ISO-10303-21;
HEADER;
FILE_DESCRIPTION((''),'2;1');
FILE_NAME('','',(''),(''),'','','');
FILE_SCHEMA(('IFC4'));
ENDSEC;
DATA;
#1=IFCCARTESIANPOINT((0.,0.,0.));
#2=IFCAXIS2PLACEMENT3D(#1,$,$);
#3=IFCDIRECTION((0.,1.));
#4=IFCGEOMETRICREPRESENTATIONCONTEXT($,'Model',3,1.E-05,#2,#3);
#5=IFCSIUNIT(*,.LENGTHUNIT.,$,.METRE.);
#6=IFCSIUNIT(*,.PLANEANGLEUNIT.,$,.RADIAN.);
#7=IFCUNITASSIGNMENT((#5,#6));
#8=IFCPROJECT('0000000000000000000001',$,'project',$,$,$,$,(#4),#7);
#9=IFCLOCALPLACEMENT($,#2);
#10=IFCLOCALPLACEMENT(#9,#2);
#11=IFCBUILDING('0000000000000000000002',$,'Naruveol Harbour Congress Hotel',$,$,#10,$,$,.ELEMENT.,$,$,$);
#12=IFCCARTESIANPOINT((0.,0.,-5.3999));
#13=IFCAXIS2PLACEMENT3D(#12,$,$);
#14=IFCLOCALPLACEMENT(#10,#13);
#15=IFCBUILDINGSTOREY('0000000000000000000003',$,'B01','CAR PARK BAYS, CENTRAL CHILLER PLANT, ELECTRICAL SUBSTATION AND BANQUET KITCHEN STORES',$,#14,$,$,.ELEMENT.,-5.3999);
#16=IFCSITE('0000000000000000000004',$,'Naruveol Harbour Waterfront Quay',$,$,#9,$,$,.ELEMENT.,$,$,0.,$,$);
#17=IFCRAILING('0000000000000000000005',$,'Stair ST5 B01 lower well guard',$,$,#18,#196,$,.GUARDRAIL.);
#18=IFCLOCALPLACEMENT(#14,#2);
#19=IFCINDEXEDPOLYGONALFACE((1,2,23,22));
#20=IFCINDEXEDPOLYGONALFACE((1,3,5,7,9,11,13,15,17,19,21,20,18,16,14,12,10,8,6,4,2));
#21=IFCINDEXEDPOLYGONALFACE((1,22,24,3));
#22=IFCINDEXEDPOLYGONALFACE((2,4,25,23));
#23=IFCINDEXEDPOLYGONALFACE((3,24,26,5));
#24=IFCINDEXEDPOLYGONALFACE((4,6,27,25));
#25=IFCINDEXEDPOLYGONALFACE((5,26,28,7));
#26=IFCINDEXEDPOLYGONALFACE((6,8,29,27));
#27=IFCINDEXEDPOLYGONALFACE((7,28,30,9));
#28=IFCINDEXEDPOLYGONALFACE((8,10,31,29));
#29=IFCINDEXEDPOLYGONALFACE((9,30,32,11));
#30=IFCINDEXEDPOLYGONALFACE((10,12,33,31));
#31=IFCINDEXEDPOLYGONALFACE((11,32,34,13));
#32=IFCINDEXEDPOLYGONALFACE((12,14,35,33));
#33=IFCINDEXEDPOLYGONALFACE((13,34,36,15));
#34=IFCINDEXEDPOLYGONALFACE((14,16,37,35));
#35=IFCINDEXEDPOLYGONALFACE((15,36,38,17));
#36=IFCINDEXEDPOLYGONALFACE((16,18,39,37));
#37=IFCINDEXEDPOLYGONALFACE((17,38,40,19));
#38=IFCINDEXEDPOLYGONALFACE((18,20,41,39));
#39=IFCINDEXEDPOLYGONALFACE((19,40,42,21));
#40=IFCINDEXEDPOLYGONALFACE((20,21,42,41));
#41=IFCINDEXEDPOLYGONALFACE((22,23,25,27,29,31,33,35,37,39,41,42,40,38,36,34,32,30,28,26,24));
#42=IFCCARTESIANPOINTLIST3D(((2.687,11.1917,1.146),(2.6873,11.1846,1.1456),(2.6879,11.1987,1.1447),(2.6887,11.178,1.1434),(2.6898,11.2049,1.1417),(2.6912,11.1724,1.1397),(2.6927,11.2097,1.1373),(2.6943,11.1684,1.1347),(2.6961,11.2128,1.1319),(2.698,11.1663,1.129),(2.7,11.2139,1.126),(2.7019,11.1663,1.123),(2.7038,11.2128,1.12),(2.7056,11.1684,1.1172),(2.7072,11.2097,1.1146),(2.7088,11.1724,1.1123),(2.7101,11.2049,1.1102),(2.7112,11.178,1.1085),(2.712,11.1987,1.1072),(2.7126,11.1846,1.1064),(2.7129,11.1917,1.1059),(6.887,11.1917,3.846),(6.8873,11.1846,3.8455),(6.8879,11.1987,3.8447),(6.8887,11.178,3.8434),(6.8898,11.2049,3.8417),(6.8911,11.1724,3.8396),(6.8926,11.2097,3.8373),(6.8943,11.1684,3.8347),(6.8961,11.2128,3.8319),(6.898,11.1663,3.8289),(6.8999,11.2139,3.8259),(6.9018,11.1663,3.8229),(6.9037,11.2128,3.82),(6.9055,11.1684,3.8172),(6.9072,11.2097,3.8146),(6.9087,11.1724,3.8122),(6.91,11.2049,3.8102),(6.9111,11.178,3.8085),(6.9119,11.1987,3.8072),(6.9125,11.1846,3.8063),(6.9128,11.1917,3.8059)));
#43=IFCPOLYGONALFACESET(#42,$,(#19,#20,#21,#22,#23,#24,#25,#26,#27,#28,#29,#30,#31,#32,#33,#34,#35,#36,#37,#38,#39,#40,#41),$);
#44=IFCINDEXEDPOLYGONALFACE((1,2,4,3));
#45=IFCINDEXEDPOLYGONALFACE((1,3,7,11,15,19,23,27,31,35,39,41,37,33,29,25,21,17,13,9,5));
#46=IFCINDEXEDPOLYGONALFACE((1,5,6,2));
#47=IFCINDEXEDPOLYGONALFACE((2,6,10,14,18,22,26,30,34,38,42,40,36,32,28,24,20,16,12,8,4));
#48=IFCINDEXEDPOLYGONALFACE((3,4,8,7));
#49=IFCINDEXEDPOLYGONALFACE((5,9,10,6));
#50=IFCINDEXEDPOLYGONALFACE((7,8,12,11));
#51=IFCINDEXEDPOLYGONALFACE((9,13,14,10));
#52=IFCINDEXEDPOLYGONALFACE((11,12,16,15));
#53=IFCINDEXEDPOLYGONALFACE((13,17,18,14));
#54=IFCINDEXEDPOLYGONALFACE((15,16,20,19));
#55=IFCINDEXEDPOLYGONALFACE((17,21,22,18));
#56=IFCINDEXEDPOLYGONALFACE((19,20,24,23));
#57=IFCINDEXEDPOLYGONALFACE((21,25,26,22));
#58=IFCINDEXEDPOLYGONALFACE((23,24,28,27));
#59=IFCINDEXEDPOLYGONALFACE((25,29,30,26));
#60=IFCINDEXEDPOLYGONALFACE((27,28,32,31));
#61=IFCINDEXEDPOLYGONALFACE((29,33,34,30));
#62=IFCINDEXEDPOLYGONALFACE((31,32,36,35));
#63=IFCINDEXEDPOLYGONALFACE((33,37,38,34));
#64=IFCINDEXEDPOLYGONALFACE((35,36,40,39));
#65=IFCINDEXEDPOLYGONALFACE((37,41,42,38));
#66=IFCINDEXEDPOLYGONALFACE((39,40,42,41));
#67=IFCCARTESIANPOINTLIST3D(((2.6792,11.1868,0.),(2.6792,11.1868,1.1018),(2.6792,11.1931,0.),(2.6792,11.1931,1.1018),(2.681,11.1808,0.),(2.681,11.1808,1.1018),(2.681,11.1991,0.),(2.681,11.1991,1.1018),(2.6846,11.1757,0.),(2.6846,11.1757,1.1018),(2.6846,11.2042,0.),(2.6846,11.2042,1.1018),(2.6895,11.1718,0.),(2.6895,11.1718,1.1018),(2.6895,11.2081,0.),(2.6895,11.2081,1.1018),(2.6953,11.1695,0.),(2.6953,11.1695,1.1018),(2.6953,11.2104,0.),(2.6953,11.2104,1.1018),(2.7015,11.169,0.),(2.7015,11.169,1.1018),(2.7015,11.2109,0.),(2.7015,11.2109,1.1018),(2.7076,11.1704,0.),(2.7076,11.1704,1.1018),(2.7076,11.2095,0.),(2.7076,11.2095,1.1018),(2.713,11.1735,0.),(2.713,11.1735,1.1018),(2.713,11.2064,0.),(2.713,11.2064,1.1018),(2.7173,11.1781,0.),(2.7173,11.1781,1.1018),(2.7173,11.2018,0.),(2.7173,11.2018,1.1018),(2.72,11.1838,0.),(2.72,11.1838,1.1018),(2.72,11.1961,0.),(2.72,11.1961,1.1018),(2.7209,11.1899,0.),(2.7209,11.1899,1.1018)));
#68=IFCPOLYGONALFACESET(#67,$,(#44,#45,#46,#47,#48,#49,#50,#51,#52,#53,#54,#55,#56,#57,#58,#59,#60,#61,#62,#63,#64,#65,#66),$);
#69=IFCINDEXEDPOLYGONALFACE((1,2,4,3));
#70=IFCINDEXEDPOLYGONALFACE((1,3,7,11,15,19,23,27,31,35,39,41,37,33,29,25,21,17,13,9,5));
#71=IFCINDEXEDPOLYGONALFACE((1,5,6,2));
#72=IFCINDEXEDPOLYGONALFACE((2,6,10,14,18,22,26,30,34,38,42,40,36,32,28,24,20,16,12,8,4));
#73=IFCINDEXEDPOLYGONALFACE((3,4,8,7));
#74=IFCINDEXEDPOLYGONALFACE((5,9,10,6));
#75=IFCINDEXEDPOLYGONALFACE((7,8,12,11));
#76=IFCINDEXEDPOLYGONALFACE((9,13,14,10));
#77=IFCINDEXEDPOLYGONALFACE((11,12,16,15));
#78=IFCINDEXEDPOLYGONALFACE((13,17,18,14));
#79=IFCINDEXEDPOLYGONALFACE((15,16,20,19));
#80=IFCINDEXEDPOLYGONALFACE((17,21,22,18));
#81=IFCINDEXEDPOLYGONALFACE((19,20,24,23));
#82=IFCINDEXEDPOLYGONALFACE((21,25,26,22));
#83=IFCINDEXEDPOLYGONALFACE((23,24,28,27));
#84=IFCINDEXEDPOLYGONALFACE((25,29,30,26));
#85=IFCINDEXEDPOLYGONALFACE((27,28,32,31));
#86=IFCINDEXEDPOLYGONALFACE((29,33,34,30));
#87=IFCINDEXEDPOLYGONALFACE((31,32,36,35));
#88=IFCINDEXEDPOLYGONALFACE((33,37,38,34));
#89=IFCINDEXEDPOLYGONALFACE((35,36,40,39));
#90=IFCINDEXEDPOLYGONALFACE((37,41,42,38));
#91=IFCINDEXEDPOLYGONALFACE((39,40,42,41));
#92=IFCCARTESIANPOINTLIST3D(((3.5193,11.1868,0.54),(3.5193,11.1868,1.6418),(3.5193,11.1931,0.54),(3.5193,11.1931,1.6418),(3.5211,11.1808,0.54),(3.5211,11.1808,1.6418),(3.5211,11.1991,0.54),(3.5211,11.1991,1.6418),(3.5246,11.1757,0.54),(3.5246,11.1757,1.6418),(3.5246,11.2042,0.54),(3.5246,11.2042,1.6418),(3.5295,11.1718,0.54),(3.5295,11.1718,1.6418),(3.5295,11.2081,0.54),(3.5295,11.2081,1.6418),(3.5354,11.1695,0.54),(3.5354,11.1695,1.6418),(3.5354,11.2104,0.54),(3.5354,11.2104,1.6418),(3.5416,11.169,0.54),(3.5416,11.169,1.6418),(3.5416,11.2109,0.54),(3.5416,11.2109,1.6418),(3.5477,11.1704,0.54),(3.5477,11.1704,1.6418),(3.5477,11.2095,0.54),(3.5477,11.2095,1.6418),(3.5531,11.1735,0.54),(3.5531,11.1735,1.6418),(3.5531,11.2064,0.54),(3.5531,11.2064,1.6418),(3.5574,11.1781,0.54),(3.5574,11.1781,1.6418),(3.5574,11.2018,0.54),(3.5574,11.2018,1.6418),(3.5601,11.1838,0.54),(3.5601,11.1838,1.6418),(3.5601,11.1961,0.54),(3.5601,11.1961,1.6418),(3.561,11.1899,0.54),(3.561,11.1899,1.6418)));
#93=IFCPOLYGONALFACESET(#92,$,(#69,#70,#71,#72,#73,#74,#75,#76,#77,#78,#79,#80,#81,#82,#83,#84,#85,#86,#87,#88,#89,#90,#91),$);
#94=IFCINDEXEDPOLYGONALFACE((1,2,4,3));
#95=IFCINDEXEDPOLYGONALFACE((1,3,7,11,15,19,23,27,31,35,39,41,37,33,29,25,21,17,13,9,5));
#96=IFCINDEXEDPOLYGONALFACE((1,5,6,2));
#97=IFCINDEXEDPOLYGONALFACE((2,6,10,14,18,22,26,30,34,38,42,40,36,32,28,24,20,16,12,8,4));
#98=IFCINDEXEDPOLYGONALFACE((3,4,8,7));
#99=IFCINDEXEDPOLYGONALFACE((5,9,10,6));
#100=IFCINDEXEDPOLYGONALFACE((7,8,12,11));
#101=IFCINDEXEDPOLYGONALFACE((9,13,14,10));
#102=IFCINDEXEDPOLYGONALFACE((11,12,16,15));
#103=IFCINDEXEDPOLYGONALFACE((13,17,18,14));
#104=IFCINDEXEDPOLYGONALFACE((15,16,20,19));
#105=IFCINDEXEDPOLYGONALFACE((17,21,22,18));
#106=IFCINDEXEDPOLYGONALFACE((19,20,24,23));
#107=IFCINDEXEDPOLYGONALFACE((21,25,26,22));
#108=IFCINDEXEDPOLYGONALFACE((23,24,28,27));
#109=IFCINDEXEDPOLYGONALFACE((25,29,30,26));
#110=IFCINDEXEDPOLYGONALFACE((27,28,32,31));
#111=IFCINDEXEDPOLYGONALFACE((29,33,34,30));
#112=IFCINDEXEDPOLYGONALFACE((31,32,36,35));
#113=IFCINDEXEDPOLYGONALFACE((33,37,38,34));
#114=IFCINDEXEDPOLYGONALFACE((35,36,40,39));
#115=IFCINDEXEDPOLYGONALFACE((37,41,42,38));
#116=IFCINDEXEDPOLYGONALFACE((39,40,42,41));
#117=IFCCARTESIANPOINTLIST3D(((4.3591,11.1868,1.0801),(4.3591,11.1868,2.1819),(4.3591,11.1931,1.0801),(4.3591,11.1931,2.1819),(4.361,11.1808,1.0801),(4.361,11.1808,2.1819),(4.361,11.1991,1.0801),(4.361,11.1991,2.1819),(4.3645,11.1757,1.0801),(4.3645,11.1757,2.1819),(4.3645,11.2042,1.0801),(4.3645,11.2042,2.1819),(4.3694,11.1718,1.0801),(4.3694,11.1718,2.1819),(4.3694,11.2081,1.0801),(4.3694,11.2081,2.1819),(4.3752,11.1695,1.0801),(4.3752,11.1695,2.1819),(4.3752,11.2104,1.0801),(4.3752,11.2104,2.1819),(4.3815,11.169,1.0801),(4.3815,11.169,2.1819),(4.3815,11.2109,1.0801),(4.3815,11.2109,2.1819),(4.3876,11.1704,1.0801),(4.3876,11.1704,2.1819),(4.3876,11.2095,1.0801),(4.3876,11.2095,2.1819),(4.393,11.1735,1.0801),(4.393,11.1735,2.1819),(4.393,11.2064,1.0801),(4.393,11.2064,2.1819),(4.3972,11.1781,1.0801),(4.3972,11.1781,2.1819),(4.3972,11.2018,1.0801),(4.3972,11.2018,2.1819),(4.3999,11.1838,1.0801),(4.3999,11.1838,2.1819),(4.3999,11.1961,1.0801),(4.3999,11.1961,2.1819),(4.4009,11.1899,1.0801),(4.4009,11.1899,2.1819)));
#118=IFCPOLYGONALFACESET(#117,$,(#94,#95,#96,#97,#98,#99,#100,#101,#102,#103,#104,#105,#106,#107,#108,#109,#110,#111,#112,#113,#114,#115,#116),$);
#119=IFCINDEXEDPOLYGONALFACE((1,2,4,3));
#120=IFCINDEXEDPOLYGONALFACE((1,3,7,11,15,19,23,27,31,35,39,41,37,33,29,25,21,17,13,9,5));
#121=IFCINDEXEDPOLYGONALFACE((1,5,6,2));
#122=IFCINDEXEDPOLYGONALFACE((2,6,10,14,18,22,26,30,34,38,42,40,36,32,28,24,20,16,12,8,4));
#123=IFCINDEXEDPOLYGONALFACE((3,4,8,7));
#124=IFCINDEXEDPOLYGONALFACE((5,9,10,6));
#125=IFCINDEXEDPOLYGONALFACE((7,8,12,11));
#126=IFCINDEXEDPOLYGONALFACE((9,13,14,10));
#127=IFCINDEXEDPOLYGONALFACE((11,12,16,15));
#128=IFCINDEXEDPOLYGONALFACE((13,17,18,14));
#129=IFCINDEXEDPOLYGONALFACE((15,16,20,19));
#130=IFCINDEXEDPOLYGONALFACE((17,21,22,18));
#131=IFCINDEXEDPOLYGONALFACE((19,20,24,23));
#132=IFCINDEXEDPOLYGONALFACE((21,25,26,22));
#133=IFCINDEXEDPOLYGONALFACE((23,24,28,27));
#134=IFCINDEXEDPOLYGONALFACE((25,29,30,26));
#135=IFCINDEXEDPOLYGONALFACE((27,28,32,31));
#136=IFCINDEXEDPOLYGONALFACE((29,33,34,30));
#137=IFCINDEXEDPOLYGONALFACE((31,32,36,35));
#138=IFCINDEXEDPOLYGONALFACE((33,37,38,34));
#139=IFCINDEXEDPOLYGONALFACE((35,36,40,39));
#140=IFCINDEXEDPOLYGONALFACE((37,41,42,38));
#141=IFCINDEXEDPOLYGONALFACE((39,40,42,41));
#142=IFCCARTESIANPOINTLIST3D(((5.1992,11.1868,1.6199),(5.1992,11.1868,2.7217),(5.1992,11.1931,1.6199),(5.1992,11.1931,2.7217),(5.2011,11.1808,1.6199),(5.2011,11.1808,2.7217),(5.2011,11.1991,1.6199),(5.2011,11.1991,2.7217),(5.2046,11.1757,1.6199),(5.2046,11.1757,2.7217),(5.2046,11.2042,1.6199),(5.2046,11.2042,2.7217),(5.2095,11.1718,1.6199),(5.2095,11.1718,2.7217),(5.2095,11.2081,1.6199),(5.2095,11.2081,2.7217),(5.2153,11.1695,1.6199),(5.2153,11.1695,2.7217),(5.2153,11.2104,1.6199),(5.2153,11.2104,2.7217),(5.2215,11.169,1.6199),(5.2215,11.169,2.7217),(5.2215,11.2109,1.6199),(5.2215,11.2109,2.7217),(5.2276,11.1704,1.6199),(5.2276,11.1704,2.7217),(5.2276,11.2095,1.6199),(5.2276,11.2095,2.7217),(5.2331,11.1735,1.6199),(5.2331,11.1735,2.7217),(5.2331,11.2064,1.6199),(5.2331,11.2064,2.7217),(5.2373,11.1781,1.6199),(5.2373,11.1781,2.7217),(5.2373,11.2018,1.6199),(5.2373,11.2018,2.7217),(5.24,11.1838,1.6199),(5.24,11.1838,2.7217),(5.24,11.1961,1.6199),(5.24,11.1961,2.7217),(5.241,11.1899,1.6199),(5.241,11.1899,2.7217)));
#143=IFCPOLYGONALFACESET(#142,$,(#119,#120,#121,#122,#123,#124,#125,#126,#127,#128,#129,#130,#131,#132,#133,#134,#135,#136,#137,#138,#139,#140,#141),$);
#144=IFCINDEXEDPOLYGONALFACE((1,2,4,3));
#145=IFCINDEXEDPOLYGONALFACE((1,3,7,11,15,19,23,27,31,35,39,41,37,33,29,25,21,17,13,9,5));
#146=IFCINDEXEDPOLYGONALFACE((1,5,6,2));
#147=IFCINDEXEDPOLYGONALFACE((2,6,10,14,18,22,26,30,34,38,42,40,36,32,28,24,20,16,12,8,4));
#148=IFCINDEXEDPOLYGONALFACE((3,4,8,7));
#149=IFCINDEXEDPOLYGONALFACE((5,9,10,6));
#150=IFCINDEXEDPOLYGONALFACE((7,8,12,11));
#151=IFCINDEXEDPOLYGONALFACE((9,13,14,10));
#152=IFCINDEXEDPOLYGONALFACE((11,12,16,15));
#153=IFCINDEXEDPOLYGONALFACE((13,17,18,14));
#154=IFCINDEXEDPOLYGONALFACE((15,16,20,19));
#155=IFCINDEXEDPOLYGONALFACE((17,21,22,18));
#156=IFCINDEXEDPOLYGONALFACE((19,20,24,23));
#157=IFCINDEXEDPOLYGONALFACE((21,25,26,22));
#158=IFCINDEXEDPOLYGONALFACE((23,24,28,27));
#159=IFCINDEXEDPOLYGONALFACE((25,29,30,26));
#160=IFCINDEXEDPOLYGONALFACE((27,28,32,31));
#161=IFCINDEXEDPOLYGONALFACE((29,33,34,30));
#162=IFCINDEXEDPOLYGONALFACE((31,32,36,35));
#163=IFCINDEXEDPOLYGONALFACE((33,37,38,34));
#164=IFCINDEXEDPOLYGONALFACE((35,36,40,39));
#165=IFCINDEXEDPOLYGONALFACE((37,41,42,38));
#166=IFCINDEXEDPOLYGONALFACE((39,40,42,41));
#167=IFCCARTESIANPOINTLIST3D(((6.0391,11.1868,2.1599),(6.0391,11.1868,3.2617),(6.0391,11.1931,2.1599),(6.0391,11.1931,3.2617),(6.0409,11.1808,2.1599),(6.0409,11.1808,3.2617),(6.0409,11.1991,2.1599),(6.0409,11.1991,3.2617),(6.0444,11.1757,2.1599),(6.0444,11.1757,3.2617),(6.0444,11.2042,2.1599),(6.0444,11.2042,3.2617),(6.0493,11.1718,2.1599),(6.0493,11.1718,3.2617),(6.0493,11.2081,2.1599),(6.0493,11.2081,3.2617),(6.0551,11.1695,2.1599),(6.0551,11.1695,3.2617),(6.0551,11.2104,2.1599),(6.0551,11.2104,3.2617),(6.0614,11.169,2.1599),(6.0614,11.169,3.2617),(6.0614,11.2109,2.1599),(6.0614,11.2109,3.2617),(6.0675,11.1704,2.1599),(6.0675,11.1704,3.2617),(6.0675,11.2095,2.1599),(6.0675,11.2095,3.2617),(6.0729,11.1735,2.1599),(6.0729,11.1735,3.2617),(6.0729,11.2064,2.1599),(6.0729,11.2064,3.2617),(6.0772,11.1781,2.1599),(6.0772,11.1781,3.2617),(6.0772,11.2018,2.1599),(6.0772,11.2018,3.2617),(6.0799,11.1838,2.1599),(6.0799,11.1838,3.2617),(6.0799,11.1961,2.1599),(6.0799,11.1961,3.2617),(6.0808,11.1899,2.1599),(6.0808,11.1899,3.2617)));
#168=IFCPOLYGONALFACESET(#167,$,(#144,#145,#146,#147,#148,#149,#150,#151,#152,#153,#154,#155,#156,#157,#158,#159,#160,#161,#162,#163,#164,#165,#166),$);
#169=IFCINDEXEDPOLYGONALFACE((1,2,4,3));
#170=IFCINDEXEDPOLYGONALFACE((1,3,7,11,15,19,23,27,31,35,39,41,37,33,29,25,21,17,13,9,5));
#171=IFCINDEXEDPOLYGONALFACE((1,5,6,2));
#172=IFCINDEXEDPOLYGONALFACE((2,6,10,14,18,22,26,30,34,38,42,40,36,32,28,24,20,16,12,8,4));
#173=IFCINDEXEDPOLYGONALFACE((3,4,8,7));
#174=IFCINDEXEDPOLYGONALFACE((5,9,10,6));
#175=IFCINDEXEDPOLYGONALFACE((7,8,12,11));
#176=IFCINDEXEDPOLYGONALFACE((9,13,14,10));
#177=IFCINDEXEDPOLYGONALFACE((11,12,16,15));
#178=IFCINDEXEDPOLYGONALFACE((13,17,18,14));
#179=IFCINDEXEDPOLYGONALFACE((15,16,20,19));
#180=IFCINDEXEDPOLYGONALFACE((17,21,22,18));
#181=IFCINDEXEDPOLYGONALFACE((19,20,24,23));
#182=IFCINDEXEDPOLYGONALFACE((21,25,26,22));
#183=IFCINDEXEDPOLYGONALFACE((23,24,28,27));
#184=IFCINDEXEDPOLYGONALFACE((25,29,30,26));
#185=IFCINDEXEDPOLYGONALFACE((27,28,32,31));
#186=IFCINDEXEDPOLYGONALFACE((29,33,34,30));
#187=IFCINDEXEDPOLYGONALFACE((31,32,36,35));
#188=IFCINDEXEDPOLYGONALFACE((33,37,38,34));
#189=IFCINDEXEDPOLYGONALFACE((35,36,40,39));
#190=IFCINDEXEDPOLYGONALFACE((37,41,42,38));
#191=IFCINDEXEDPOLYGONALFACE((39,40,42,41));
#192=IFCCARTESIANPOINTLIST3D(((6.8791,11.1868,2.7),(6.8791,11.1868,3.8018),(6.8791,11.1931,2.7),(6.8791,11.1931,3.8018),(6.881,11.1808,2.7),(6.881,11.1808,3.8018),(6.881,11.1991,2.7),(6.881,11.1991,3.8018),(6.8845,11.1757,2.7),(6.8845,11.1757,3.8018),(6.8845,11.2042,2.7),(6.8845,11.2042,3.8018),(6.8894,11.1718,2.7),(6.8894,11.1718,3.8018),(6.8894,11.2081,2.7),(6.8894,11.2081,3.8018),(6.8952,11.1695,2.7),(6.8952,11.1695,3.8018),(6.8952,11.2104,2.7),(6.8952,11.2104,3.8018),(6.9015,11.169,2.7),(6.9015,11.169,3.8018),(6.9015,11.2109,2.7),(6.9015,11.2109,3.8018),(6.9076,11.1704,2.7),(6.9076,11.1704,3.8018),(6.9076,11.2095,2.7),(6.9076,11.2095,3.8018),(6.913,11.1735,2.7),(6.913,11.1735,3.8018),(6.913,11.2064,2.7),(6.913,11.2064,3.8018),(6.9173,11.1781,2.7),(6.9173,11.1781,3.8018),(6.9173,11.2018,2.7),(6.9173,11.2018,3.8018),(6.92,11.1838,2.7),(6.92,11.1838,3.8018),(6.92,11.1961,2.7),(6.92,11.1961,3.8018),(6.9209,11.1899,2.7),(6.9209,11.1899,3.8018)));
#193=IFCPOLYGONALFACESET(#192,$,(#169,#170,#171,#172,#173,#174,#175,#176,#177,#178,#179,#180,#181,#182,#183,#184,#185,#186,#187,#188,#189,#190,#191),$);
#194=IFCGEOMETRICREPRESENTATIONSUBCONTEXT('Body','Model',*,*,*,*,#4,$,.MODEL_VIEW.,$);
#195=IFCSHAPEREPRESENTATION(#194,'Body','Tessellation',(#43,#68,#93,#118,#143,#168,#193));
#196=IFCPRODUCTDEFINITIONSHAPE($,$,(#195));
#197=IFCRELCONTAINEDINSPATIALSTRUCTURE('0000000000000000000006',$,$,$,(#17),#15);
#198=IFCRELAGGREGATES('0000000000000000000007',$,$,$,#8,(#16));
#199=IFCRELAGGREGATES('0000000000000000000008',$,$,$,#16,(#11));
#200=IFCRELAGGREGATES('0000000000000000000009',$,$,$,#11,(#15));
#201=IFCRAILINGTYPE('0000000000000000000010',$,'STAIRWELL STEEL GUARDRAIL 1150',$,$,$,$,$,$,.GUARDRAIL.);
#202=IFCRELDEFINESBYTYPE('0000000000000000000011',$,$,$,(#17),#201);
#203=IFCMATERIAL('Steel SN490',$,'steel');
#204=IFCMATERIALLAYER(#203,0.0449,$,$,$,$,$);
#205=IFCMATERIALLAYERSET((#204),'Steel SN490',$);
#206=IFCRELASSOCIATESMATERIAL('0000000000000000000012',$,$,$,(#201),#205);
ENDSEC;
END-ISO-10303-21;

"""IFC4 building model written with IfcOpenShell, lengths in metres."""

from ifc_helpers import new_model, si_unit, direction, frame, origin, origin_2d, place, context, subcontext, project, spatial, circle, extrude, material, layer, layer_set, type_object, element, save


model = new_model("IFC4")

# Units and contexts
model_context = context("Model", 3, precision=1e-05, world=origin(), true_north=direction((0.0, 1.0)))
body_context = subcontext(model_context, "Body", "Model", "MODEL_VIEW")
ifc_project = project(units=[si_unit("LENGTHUNIT", "METRE"), si_unit("PLANEANGLEUNIT", "RADIAN")], contexts=[model_context])

# Site, building, storey
site_placement = place(None, origin())
site = spatial("IfcSite", under=ifc_project, at=site_placement, Name="Naruveol Harbour Waterfront Quay", CompositionType="ELEMENT", RefElevation=0.0)
building_placement = place(site_placement, origin())
building = spatial("IfcBuilding", under=site, at=building_placement, Name="Naruveol Harbour Congress Hotel", CompositionType="ELEMENT")
storey_placement = place(building_placement, frame((0.0, 0.0, -5.3999)))
storey = spatial("IfcBuildingStorey", under=building, at=storey_placement, Name="B01", Description="CAR PARK BAYS, CENTRAL CHILLER PLANT, ELECTRICAL SUBSTATION AND BANQUET KITCHEN STORES", CompositionType="ELEMENT", Elevation=-5.3999)

# Railing
ifc_material_1 = material(Name="Steel SN490", Category="steel")
ifc_layer_1 = layer(ifc_material_1, 0.0449)
ifc_layer_set_1 = layer_set([ifc_layer_1], Name="Steel SN490")
railing_type_1 = type_object("IfcRailingType", Name="STAIRWELL STEEL GUARDRAIL 1150", PredefinedType="GUARDRAIL", material=ifc_layer_set_1)
railing_1_placement = place(storey_placement, frame((2.7, 11.1899, 0.0)))
element("IfcRailing", 1, at=railing_1_placement, inside=storey, type_object=railing_type_1, Name="Stair ST5 B01 lower well guard", PredefinedType="GUARDRAIL", context=body_context, shape_type="SweptSolid", body=[
    extrude(circle(Radius=0.0239, at=origin_2d()), frame((0.0, 0.0, 1.126), z_axis=(0.84118, 0.0, 0.540755), x_axis=(0.0, 1.0, 0.0)), (0.0, 0.0, 1.0), 4.9929),
    extrude(circle(Radius=0.021, at=origin_2d()), origin(), (0.0, 0.0, 1.0), 1.1018),
    extrude(circle(Radius=0.021, at=origin_2d()), frame((0.8401, 0.0, 0.54)), (0.0, 0.0, 1.0), 1.1018),
    extrude(circle(Radius=0.021, at=origin_2d()), frame((1.6799, 0.0, 1.0801)), (0.0, 0.0, 1.0), 1.1018),
    extrude(circle(Radius=0.021, at=origin_2d()), frame((2.52, 0.0, 1.6199)), (0.0, 0.0, 1.0), 1.1018),
    extrude(circle(Radius=0.021, at=origin_2d()), frame((3.3599, 0.0, 2.1599)), (0.0, 0.0, 1.0), 1.1018),
    extrude(circle(Radius=0.021, at=origin_2d()), frame((4.2, 0.0, 2.7)), (0.0, 0.0, 1.0), 1.1018),
])

save(model, "model.ifc")
